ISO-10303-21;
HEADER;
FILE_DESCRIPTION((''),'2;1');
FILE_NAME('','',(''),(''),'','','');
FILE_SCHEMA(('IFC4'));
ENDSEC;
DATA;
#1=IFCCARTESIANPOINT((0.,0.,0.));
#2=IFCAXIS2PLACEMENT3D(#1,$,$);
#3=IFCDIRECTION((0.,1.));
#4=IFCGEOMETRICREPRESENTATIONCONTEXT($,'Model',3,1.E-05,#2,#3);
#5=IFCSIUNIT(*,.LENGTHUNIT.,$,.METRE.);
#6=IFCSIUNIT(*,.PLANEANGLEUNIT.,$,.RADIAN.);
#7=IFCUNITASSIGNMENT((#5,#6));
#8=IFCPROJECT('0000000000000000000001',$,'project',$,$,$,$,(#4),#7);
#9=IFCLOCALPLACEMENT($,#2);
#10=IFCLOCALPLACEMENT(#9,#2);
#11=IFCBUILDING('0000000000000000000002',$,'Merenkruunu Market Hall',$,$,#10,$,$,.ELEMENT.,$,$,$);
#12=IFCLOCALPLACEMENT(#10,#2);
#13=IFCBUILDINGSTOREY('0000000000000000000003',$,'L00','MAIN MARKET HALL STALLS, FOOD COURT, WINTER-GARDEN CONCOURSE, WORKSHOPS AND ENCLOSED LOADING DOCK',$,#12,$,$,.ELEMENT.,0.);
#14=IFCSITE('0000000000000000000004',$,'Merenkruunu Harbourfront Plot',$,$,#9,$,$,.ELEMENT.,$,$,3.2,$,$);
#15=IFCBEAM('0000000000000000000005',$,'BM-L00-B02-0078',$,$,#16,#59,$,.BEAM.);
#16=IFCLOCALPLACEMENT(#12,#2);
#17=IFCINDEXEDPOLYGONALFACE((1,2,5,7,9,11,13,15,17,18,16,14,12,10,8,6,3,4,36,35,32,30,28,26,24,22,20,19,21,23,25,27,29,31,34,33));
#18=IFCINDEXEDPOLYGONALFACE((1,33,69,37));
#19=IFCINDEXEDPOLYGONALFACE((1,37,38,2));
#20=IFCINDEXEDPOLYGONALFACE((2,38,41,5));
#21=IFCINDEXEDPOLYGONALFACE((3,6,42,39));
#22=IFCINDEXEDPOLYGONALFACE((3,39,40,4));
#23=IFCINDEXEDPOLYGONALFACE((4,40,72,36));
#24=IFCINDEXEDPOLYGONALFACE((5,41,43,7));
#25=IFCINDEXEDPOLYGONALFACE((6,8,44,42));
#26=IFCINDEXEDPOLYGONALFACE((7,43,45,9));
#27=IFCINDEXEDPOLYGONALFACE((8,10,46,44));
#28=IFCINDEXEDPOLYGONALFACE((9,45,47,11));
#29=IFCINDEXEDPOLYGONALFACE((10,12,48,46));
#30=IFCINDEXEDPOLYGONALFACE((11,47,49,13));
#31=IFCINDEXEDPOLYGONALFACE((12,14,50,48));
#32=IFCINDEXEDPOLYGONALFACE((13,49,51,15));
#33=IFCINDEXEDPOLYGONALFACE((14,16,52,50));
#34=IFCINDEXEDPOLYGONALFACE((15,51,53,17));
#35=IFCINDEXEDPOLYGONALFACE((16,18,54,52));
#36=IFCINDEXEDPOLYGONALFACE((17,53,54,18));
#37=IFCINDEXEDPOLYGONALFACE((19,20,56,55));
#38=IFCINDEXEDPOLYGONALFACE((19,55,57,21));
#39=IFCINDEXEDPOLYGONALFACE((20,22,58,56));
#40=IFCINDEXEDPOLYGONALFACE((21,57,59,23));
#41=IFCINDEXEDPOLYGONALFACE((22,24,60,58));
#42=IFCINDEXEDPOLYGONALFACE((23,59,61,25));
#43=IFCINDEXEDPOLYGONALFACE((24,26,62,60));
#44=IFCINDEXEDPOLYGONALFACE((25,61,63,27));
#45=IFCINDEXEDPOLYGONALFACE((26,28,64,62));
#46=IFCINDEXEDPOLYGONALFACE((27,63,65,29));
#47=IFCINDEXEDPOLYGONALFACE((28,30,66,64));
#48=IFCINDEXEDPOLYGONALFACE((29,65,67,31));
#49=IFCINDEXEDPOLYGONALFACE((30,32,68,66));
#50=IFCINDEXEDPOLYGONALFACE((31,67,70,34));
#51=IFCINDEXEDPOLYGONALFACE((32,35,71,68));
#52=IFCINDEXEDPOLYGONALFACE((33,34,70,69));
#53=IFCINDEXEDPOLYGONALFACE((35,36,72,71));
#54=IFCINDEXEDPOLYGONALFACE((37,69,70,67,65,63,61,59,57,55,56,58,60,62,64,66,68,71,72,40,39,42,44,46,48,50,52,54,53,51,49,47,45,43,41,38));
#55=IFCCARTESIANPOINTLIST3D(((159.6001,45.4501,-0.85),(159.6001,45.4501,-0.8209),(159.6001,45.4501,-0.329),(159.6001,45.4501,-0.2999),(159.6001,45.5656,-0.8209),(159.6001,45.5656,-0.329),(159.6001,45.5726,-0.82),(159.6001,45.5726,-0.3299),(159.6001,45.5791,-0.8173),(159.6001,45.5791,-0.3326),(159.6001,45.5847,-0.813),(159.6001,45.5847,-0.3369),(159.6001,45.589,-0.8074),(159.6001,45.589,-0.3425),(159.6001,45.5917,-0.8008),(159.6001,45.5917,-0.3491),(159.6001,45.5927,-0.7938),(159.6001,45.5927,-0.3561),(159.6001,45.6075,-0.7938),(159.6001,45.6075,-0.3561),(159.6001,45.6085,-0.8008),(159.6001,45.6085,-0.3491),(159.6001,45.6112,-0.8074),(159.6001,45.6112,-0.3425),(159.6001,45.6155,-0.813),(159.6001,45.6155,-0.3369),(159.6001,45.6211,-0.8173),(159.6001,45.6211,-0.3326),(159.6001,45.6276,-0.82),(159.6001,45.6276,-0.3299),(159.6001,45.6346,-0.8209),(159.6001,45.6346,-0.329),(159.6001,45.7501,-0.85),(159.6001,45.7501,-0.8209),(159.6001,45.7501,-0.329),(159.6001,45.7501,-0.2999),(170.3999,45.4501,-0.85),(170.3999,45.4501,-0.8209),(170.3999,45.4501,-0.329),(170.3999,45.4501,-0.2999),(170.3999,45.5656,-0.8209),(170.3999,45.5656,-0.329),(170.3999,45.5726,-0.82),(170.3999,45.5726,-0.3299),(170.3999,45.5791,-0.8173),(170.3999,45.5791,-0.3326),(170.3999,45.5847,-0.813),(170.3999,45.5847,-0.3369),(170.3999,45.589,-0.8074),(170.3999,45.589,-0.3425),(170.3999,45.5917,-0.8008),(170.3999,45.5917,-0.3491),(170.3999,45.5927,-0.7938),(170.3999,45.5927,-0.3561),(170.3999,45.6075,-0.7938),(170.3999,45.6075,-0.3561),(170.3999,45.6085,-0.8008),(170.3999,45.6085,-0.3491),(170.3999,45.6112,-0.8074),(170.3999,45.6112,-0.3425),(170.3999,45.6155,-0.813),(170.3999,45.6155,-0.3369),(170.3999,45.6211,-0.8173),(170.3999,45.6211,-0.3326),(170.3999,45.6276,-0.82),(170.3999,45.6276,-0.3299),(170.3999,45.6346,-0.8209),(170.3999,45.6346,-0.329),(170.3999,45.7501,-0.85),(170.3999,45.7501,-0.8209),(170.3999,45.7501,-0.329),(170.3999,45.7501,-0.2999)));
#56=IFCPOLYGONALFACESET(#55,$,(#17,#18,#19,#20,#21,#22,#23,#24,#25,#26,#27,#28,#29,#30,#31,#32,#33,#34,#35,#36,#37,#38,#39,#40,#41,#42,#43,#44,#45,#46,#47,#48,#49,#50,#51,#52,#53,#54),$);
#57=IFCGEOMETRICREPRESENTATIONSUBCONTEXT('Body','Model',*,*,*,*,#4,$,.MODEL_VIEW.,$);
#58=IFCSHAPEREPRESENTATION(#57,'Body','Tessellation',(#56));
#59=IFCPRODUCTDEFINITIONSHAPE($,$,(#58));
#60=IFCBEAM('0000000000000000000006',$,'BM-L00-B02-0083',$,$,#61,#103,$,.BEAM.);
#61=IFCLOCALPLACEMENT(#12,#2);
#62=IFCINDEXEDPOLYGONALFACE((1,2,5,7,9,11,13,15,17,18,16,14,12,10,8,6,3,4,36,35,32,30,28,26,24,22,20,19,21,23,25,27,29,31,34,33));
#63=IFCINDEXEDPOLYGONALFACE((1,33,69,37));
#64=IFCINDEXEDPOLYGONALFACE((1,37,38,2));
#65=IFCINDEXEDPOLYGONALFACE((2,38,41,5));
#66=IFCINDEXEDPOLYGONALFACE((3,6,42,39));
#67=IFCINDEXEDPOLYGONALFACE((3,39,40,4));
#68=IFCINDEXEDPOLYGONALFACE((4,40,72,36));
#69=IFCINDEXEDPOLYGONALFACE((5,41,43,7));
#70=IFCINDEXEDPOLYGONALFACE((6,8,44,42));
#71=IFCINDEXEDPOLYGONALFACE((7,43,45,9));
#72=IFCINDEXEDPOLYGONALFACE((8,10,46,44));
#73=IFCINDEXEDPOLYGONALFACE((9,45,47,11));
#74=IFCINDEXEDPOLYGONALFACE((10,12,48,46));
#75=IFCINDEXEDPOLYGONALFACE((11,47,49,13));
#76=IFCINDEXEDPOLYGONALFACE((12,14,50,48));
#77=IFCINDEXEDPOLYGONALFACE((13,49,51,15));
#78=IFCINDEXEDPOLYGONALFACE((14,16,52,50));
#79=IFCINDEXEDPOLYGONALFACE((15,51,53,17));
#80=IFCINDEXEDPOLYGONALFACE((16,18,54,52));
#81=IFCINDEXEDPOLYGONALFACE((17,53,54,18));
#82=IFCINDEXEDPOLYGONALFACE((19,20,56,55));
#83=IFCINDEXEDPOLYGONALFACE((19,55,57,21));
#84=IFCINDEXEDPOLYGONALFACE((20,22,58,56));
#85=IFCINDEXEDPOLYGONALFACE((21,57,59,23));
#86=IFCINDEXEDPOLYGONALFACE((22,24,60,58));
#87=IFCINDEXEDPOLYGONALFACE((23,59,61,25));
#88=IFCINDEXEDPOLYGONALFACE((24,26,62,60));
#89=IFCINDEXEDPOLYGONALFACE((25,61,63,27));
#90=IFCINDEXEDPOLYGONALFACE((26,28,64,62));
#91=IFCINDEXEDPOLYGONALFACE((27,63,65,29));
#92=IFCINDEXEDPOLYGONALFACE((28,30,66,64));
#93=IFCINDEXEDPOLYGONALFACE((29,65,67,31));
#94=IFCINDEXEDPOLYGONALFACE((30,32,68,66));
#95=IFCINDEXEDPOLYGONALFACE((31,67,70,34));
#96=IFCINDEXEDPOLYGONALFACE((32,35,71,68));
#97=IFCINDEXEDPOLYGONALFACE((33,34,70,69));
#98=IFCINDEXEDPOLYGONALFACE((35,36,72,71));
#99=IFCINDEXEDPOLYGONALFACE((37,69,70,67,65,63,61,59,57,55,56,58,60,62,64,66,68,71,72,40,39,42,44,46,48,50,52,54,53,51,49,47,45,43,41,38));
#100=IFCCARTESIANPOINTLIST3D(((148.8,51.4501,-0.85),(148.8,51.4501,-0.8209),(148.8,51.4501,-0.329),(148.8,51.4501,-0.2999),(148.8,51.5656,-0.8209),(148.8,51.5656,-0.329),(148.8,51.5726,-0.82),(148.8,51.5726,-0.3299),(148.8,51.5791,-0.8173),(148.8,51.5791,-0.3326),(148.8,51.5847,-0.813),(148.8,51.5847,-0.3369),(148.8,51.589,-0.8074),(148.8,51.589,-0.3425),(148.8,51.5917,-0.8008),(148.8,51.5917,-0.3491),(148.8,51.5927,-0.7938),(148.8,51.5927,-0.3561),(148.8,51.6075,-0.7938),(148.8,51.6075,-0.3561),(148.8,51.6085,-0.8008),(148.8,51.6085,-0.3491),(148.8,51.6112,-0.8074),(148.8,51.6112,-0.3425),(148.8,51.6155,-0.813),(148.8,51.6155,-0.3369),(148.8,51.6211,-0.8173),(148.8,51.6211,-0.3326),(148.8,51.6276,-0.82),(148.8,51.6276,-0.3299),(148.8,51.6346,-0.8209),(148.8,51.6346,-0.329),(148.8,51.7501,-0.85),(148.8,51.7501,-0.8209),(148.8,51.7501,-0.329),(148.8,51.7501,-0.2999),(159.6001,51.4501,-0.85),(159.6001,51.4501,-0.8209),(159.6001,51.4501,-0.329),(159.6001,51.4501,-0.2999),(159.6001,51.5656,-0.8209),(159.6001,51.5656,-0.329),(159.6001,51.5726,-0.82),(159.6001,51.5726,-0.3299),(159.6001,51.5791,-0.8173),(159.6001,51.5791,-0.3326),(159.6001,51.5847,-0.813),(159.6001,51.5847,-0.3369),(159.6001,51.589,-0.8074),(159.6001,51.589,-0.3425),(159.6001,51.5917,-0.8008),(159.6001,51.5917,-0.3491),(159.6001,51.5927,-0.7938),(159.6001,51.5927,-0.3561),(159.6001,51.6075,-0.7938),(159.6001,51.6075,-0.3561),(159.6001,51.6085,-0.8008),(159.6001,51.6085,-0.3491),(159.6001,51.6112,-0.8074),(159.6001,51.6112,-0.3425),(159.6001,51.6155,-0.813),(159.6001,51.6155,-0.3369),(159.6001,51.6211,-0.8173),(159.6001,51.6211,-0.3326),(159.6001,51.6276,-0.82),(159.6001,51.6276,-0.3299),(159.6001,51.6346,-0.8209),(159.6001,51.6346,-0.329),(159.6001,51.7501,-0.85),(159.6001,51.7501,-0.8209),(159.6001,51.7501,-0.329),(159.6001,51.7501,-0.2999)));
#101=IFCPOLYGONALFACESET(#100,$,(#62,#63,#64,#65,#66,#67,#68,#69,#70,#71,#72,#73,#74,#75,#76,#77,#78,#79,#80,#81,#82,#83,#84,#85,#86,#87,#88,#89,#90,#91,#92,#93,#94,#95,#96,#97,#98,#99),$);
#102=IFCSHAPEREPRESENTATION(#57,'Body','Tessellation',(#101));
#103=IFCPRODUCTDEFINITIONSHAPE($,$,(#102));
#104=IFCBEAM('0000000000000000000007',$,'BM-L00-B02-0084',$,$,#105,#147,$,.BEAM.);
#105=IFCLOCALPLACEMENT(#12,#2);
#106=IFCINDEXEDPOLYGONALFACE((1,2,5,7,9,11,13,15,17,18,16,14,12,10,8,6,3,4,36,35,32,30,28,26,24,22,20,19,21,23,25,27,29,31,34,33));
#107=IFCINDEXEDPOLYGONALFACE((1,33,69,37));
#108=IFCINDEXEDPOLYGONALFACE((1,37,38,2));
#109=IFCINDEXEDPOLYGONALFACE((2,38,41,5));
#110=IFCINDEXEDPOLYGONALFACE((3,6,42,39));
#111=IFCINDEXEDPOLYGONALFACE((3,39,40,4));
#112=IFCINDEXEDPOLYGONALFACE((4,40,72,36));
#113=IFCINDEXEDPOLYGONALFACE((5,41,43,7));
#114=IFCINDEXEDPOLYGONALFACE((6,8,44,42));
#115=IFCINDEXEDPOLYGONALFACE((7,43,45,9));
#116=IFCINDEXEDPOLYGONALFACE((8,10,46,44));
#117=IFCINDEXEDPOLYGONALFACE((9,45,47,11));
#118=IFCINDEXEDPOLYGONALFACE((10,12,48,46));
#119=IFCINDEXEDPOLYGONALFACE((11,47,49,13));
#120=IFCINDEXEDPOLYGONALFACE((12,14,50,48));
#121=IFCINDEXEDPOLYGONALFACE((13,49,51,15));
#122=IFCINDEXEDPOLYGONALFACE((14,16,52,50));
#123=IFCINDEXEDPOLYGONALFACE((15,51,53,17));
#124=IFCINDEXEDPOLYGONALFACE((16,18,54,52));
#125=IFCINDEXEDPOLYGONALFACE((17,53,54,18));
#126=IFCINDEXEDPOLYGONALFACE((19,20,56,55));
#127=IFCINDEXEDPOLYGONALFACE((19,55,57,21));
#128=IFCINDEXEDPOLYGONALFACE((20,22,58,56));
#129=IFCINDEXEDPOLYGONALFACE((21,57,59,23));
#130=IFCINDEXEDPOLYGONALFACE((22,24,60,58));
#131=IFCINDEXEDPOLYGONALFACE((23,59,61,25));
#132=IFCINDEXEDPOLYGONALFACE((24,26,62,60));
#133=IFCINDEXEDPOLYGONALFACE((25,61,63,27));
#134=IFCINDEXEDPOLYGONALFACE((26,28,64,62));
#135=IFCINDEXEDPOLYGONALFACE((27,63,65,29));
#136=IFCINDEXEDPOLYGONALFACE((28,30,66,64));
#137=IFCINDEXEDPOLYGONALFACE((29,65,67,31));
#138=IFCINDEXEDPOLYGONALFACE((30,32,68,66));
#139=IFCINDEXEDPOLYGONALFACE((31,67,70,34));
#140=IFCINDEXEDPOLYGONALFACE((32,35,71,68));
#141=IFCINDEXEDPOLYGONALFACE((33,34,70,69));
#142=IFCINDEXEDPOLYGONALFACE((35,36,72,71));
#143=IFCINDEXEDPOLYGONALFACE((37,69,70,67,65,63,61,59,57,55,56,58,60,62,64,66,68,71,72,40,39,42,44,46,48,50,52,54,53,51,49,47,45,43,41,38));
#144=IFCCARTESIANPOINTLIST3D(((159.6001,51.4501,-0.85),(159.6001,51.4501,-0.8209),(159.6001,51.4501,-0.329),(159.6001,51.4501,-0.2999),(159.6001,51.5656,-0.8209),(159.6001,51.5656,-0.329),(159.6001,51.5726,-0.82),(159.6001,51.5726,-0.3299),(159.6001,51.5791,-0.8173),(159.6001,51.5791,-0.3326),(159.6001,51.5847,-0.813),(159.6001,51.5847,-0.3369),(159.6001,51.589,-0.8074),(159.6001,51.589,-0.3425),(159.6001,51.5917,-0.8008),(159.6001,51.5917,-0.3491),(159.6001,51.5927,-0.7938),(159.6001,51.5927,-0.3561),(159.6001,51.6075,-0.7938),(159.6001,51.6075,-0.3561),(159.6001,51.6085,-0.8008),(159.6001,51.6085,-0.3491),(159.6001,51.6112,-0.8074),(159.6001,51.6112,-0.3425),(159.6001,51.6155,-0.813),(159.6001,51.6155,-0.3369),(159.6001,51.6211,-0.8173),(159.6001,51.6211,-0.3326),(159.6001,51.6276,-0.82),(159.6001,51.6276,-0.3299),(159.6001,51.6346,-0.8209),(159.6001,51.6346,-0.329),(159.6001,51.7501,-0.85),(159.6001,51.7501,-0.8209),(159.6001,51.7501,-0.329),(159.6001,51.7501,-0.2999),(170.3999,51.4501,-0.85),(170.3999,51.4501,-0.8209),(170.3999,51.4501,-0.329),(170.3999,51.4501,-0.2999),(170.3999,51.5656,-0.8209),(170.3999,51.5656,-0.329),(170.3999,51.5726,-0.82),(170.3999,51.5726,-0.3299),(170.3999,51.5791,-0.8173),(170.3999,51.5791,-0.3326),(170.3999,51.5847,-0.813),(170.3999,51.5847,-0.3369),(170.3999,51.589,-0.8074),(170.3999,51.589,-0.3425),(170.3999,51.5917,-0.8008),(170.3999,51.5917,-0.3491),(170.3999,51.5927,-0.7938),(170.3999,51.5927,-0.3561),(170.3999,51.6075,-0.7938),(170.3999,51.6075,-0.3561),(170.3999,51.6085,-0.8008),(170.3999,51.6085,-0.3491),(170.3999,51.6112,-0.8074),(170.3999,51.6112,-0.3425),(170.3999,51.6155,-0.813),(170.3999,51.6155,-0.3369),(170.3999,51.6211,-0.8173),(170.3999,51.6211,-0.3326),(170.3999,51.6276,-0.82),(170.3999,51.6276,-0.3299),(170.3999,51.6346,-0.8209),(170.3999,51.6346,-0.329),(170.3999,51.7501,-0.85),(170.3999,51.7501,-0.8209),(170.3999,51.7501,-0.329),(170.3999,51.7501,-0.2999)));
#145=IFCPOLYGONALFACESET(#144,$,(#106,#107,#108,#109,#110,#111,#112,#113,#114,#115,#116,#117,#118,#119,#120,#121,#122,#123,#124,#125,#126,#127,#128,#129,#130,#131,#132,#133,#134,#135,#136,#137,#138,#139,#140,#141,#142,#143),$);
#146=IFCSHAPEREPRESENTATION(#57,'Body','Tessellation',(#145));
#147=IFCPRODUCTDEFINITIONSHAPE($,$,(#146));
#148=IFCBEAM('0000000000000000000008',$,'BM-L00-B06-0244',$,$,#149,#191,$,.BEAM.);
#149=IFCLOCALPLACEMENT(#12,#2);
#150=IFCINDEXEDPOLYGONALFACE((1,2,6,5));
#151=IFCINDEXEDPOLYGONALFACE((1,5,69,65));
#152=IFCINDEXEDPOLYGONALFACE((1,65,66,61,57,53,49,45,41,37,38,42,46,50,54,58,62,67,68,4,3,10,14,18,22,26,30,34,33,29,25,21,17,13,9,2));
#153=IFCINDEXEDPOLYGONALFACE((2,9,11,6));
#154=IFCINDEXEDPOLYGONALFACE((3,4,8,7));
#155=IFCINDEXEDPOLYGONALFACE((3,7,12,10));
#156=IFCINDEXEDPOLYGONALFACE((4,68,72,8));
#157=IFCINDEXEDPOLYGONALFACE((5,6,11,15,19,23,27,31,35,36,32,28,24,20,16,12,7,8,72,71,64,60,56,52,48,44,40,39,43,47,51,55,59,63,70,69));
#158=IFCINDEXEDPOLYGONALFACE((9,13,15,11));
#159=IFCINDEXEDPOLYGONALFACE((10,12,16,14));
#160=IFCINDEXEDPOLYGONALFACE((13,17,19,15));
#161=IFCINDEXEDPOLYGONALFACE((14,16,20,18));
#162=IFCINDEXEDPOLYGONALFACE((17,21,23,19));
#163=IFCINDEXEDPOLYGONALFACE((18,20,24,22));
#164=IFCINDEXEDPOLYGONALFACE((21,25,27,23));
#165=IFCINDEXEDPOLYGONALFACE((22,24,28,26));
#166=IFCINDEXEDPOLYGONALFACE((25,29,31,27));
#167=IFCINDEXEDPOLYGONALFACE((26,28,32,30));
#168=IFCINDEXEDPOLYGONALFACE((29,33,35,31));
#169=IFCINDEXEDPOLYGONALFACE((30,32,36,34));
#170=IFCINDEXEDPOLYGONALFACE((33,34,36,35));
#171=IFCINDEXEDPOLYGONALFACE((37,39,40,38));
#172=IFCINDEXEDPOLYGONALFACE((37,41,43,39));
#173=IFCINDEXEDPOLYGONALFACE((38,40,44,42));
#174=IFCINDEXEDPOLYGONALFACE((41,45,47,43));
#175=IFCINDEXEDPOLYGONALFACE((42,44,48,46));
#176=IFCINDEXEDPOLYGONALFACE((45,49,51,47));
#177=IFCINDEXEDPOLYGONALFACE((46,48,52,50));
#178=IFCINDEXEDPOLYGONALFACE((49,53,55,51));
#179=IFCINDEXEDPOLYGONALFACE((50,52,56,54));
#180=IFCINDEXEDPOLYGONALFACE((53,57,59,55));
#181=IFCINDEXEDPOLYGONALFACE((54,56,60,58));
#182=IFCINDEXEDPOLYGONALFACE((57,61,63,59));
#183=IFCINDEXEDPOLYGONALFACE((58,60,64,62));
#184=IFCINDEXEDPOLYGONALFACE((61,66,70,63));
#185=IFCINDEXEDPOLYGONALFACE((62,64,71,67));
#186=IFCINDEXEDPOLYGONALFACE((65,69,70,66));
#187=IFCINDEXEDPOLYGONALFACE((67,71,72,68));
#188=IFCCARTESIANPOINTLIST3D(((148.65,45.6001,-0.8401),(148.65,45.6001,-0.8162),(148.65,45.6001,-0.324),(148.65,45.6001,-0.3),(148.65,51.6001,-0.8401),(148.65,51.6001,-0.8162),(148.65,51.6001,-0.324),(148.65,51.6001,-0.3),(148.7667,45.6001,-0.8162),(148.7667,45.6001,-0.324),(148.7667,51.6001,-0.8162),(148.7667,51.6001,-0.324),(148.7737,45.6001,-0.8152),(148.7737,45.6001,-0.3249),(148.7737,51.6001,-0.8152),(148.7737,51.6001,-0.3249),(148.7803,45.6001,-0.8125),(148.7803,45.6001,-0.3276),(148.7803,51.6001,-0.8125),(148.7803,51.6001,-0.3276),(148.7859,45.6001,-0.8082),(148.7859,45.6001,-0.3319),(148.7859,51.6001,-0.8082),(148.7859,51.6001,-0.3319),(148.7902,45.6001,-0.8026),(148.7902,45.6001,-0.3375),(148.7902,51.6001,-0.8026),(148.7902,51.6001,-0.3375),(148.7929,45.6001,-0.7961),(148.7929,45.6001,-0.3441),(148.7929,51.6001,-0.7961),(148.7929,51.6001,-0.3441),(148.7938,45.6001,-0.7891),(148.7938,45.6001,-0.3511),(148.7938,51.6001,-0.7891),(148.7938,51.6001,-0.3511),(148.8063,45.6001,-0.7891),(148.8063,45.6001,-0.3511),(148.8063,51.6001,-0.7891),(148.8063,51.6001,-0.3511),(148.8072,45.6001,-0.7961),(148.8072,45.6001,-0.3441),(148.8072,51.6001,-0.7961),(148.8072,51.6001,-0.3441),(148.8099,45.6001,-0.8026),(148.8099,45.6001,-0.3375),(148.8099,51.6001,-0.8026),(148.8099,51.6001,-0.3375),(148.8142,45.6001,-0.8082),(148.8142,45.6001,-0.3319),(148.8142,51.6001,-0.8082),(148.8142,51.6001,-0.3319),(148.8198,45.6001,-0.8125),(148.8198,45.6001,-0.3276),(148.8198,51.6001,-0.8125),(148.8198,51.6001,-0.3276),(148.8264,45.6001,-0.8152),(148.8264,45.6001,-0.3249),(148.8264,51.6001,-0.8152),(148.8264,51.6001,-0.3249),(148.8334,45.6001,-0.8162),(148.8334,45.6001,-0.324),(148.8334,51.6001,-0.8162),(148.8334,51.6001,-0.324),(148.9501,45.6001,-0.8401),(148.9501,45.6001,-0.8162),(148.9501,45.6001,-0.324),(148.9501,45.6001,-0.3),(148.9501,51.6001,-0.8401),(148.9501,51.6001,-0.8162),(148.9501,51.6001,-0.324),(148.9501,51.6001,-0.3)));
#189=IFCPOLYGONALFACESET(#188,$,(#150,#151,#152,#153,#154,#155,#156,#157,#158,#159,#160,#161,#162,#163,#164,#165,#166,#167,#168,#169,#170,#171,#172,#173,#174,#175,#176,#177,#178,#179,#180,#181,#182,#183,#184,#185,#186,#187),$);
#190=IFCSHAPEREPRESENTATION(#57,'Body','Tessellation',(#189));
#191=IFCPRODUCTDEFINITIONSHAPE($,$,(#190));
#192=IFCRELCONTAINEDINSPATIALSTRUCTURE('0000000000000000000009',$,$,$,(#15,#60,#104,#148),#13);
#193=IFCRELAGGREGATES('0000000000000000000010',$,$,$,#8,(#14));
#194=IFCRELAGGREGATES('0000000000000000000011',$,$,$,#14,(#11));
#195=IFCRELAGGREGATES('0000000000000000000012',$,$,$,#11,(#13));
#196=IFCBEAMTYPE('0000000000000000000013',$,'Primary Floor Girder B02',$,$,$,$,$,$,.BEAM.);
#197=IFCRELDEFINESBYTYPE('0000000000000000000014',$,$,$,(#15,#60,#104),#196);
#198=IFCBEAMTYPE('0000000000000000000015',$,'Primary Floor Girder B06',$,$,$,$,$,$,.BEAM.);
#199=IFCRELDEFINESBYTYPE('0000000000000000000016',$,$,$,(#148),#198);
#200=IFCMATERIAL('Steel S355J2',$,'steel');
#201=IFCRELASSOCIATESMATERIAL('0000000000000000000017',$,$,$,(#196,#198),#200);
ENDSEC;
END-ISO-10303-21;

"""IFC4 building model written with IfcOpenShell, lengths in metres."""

from ifc_helpers import new_model, si_unit, direction, frame, origin, origin_2d, place, context, subcontext, project, spatial, i_section, extrude, material, material_profile, profile_set, type_object, element, save


model = new_model("IFC4")

# Units and contexts
model_context = context("Model", 3, precision=1e-05, world=origin(), true_north=direction((0.0, 1.0)))
body_context = subcontext(model_context, "Body", "Model", "MODEL_VIEW")
ifc_project = project(units=[si_unit("LENGTHUNIT", "METRE"), si_unit("PLANEANGLEUNIT", "RADIAN")], contexts=[model_context])

# Site, building, storey
site_placement = place(None, origin())
site = spatial("IfcSite", under=ifc_project, at=site_placement, Name="Merenkruunu Harbourfront Plot", CompositionType="ELEMENT", RefElevation=3.2)
building_placement = place(site_placement, origin())
building = spatial("IfcBuilding", under=site, at=building_placement, Name="Merenkruunu Market Hall", CompositionType="ELEMENT")
storey_placement = place(building_placement, origin())
storey = spatial("IfcBuildingStorey", under=building, at=storey_placement, Name="L00", Description="MAIN MARKET HALL STALLS, FOOD COURT, WINTER-GARDEN CONCOURSE, WORKSHOPS AND ENCLOSED LOADING DOCK", CompositionType="ELEMENT", Elevation=0.0)

# Shared definitions
ifc_material_1 = material(Name="Steel S355J2", Category="steel")

# Beams
ifc_material_profile_1 = material_profile(ifc_material_1, i_section(OverallWidth=0.3, OverallDepth=0.55, WebThickness=0.0149, FlangeThickness=0.0291, FilletRadius=0.0271, at=origin_2d()), Name="HEB 550")
ifc_profile_set_1 = profile_set([ifc_material_profile_1], Name="Steel S355J2")
beam_type_1 = type_object("IfcBeamType", Name="Primary Floor Girder B02", PredefinedType="BEAM", material=ifc_profile_set_1)
beam_1_placement = place(storey_placement, frame((159.6001, 45.6001, -0.575), z_axis=(1.0, 0.0, 0.0), x_axis=(0.0, 1.0, 0.0)))
element("IfcBeam", 1, at=beam_1_placement, inside=storey, type_object=beam_type_1, Name="BM-L00-B02-0078", PredefinedType="BEAM", context=body_context, shape_type="SweptSolid", body=[
    extrude(i_section(OverallWidth=0.3, OverallDepth=0.55, WebThickness=0.0149, FlangeThickness=0.0291, FilletRadius=0.0271, at=origin_2d()), origin(), (0.0, 0.0, 1.0), 10.7998),
])
beam_2_placement = place(storey_placement, frame((148.8, 51.6001, -0.575), z_axis=(1.0, 0.0, 0.0), x_axis=(0.0, 1.0, 0.0)))
element("IfcBeam", 2, at=beam_2_placement, inside=storey, type_object=beam_type_1, Name="BM-L00-B02-0083", PredefinedType="BEAM", context=body_context, shape_type="SweptSolid", body=[
    extrude(i_section(OverallWidth=0.3, OverallDepth=0.55, WebThickness=0.0149, FlangeThickness=0.0291, FilletRadius=0.0271, at=origin_2d()), origin(), (0.0, 0.0, 1.0), 10.8),
])
beam_3_placement = place(storey_placement, frame((159.6001, 51.6001, -0.575), z_axis=(1.0, 0.0, 0.0), x_axis=(0.0, 1.0, 0.0)))
element("IfcBeam", 3, at=beam_3_placement, inside=storey, type_object=beam_type_1, Name="BM-L00-B02-0084", PredefinedType="BEAM", context=body_context, shape_type="SweptSolid", body=[
    extrude(i_section(OverallWidth=0.3, OverallDepth=0.55, WebThickness=0.0149, FlangeThickness=0.0291, FilletRadius=0.0271, at=origin_2d()), origin(), (0.0, 0.0, 1.0), 10.7998),
])
ifc_material_profile_2 = material_profile(ifc_material_1, i_section(OverallWidth=0.3, OverallDepth=0.54, WebThickness=0.0125, FlangeThickness=0.0239, FilletRadius=0.0271, at=origin_2d()), Name="HEA 550")
ifc_profile_set_2 = profile_set([ifc_material_profile_2], Name="Steel S355J2")
beam_type_2 = type_object("IfcBeamType", Name="Primary Floor Girder B06", PredefinedType="BEAM", material=ifc_profile_set_2)
beam_4_placement = place(storey_placement, frame((148.8, 45.6001, -0.5701), z_axis=(0.0, 1.0, 0.0), x_axis=(-1.0, 0.0, 0.0)))
element("IfcBeam", 4, at=beam_4_placement, inside=storey, type_object=beam_type_2, Name="BM-L00-B06-0244", PredefinedType="BEAM", context=body_context, shape_type="SweptSolid", body=[
    extrude(i_section(OverallWidth=0.3, OverallDepth=0.54, WebThickness=0.0125, FlangeThickness=0.0239, FilletRadius=0.0271, at=origin_2d()), origin(), (0.0, 0.0, 1.0), 6.0),
])

save(model, "model.ifc")
